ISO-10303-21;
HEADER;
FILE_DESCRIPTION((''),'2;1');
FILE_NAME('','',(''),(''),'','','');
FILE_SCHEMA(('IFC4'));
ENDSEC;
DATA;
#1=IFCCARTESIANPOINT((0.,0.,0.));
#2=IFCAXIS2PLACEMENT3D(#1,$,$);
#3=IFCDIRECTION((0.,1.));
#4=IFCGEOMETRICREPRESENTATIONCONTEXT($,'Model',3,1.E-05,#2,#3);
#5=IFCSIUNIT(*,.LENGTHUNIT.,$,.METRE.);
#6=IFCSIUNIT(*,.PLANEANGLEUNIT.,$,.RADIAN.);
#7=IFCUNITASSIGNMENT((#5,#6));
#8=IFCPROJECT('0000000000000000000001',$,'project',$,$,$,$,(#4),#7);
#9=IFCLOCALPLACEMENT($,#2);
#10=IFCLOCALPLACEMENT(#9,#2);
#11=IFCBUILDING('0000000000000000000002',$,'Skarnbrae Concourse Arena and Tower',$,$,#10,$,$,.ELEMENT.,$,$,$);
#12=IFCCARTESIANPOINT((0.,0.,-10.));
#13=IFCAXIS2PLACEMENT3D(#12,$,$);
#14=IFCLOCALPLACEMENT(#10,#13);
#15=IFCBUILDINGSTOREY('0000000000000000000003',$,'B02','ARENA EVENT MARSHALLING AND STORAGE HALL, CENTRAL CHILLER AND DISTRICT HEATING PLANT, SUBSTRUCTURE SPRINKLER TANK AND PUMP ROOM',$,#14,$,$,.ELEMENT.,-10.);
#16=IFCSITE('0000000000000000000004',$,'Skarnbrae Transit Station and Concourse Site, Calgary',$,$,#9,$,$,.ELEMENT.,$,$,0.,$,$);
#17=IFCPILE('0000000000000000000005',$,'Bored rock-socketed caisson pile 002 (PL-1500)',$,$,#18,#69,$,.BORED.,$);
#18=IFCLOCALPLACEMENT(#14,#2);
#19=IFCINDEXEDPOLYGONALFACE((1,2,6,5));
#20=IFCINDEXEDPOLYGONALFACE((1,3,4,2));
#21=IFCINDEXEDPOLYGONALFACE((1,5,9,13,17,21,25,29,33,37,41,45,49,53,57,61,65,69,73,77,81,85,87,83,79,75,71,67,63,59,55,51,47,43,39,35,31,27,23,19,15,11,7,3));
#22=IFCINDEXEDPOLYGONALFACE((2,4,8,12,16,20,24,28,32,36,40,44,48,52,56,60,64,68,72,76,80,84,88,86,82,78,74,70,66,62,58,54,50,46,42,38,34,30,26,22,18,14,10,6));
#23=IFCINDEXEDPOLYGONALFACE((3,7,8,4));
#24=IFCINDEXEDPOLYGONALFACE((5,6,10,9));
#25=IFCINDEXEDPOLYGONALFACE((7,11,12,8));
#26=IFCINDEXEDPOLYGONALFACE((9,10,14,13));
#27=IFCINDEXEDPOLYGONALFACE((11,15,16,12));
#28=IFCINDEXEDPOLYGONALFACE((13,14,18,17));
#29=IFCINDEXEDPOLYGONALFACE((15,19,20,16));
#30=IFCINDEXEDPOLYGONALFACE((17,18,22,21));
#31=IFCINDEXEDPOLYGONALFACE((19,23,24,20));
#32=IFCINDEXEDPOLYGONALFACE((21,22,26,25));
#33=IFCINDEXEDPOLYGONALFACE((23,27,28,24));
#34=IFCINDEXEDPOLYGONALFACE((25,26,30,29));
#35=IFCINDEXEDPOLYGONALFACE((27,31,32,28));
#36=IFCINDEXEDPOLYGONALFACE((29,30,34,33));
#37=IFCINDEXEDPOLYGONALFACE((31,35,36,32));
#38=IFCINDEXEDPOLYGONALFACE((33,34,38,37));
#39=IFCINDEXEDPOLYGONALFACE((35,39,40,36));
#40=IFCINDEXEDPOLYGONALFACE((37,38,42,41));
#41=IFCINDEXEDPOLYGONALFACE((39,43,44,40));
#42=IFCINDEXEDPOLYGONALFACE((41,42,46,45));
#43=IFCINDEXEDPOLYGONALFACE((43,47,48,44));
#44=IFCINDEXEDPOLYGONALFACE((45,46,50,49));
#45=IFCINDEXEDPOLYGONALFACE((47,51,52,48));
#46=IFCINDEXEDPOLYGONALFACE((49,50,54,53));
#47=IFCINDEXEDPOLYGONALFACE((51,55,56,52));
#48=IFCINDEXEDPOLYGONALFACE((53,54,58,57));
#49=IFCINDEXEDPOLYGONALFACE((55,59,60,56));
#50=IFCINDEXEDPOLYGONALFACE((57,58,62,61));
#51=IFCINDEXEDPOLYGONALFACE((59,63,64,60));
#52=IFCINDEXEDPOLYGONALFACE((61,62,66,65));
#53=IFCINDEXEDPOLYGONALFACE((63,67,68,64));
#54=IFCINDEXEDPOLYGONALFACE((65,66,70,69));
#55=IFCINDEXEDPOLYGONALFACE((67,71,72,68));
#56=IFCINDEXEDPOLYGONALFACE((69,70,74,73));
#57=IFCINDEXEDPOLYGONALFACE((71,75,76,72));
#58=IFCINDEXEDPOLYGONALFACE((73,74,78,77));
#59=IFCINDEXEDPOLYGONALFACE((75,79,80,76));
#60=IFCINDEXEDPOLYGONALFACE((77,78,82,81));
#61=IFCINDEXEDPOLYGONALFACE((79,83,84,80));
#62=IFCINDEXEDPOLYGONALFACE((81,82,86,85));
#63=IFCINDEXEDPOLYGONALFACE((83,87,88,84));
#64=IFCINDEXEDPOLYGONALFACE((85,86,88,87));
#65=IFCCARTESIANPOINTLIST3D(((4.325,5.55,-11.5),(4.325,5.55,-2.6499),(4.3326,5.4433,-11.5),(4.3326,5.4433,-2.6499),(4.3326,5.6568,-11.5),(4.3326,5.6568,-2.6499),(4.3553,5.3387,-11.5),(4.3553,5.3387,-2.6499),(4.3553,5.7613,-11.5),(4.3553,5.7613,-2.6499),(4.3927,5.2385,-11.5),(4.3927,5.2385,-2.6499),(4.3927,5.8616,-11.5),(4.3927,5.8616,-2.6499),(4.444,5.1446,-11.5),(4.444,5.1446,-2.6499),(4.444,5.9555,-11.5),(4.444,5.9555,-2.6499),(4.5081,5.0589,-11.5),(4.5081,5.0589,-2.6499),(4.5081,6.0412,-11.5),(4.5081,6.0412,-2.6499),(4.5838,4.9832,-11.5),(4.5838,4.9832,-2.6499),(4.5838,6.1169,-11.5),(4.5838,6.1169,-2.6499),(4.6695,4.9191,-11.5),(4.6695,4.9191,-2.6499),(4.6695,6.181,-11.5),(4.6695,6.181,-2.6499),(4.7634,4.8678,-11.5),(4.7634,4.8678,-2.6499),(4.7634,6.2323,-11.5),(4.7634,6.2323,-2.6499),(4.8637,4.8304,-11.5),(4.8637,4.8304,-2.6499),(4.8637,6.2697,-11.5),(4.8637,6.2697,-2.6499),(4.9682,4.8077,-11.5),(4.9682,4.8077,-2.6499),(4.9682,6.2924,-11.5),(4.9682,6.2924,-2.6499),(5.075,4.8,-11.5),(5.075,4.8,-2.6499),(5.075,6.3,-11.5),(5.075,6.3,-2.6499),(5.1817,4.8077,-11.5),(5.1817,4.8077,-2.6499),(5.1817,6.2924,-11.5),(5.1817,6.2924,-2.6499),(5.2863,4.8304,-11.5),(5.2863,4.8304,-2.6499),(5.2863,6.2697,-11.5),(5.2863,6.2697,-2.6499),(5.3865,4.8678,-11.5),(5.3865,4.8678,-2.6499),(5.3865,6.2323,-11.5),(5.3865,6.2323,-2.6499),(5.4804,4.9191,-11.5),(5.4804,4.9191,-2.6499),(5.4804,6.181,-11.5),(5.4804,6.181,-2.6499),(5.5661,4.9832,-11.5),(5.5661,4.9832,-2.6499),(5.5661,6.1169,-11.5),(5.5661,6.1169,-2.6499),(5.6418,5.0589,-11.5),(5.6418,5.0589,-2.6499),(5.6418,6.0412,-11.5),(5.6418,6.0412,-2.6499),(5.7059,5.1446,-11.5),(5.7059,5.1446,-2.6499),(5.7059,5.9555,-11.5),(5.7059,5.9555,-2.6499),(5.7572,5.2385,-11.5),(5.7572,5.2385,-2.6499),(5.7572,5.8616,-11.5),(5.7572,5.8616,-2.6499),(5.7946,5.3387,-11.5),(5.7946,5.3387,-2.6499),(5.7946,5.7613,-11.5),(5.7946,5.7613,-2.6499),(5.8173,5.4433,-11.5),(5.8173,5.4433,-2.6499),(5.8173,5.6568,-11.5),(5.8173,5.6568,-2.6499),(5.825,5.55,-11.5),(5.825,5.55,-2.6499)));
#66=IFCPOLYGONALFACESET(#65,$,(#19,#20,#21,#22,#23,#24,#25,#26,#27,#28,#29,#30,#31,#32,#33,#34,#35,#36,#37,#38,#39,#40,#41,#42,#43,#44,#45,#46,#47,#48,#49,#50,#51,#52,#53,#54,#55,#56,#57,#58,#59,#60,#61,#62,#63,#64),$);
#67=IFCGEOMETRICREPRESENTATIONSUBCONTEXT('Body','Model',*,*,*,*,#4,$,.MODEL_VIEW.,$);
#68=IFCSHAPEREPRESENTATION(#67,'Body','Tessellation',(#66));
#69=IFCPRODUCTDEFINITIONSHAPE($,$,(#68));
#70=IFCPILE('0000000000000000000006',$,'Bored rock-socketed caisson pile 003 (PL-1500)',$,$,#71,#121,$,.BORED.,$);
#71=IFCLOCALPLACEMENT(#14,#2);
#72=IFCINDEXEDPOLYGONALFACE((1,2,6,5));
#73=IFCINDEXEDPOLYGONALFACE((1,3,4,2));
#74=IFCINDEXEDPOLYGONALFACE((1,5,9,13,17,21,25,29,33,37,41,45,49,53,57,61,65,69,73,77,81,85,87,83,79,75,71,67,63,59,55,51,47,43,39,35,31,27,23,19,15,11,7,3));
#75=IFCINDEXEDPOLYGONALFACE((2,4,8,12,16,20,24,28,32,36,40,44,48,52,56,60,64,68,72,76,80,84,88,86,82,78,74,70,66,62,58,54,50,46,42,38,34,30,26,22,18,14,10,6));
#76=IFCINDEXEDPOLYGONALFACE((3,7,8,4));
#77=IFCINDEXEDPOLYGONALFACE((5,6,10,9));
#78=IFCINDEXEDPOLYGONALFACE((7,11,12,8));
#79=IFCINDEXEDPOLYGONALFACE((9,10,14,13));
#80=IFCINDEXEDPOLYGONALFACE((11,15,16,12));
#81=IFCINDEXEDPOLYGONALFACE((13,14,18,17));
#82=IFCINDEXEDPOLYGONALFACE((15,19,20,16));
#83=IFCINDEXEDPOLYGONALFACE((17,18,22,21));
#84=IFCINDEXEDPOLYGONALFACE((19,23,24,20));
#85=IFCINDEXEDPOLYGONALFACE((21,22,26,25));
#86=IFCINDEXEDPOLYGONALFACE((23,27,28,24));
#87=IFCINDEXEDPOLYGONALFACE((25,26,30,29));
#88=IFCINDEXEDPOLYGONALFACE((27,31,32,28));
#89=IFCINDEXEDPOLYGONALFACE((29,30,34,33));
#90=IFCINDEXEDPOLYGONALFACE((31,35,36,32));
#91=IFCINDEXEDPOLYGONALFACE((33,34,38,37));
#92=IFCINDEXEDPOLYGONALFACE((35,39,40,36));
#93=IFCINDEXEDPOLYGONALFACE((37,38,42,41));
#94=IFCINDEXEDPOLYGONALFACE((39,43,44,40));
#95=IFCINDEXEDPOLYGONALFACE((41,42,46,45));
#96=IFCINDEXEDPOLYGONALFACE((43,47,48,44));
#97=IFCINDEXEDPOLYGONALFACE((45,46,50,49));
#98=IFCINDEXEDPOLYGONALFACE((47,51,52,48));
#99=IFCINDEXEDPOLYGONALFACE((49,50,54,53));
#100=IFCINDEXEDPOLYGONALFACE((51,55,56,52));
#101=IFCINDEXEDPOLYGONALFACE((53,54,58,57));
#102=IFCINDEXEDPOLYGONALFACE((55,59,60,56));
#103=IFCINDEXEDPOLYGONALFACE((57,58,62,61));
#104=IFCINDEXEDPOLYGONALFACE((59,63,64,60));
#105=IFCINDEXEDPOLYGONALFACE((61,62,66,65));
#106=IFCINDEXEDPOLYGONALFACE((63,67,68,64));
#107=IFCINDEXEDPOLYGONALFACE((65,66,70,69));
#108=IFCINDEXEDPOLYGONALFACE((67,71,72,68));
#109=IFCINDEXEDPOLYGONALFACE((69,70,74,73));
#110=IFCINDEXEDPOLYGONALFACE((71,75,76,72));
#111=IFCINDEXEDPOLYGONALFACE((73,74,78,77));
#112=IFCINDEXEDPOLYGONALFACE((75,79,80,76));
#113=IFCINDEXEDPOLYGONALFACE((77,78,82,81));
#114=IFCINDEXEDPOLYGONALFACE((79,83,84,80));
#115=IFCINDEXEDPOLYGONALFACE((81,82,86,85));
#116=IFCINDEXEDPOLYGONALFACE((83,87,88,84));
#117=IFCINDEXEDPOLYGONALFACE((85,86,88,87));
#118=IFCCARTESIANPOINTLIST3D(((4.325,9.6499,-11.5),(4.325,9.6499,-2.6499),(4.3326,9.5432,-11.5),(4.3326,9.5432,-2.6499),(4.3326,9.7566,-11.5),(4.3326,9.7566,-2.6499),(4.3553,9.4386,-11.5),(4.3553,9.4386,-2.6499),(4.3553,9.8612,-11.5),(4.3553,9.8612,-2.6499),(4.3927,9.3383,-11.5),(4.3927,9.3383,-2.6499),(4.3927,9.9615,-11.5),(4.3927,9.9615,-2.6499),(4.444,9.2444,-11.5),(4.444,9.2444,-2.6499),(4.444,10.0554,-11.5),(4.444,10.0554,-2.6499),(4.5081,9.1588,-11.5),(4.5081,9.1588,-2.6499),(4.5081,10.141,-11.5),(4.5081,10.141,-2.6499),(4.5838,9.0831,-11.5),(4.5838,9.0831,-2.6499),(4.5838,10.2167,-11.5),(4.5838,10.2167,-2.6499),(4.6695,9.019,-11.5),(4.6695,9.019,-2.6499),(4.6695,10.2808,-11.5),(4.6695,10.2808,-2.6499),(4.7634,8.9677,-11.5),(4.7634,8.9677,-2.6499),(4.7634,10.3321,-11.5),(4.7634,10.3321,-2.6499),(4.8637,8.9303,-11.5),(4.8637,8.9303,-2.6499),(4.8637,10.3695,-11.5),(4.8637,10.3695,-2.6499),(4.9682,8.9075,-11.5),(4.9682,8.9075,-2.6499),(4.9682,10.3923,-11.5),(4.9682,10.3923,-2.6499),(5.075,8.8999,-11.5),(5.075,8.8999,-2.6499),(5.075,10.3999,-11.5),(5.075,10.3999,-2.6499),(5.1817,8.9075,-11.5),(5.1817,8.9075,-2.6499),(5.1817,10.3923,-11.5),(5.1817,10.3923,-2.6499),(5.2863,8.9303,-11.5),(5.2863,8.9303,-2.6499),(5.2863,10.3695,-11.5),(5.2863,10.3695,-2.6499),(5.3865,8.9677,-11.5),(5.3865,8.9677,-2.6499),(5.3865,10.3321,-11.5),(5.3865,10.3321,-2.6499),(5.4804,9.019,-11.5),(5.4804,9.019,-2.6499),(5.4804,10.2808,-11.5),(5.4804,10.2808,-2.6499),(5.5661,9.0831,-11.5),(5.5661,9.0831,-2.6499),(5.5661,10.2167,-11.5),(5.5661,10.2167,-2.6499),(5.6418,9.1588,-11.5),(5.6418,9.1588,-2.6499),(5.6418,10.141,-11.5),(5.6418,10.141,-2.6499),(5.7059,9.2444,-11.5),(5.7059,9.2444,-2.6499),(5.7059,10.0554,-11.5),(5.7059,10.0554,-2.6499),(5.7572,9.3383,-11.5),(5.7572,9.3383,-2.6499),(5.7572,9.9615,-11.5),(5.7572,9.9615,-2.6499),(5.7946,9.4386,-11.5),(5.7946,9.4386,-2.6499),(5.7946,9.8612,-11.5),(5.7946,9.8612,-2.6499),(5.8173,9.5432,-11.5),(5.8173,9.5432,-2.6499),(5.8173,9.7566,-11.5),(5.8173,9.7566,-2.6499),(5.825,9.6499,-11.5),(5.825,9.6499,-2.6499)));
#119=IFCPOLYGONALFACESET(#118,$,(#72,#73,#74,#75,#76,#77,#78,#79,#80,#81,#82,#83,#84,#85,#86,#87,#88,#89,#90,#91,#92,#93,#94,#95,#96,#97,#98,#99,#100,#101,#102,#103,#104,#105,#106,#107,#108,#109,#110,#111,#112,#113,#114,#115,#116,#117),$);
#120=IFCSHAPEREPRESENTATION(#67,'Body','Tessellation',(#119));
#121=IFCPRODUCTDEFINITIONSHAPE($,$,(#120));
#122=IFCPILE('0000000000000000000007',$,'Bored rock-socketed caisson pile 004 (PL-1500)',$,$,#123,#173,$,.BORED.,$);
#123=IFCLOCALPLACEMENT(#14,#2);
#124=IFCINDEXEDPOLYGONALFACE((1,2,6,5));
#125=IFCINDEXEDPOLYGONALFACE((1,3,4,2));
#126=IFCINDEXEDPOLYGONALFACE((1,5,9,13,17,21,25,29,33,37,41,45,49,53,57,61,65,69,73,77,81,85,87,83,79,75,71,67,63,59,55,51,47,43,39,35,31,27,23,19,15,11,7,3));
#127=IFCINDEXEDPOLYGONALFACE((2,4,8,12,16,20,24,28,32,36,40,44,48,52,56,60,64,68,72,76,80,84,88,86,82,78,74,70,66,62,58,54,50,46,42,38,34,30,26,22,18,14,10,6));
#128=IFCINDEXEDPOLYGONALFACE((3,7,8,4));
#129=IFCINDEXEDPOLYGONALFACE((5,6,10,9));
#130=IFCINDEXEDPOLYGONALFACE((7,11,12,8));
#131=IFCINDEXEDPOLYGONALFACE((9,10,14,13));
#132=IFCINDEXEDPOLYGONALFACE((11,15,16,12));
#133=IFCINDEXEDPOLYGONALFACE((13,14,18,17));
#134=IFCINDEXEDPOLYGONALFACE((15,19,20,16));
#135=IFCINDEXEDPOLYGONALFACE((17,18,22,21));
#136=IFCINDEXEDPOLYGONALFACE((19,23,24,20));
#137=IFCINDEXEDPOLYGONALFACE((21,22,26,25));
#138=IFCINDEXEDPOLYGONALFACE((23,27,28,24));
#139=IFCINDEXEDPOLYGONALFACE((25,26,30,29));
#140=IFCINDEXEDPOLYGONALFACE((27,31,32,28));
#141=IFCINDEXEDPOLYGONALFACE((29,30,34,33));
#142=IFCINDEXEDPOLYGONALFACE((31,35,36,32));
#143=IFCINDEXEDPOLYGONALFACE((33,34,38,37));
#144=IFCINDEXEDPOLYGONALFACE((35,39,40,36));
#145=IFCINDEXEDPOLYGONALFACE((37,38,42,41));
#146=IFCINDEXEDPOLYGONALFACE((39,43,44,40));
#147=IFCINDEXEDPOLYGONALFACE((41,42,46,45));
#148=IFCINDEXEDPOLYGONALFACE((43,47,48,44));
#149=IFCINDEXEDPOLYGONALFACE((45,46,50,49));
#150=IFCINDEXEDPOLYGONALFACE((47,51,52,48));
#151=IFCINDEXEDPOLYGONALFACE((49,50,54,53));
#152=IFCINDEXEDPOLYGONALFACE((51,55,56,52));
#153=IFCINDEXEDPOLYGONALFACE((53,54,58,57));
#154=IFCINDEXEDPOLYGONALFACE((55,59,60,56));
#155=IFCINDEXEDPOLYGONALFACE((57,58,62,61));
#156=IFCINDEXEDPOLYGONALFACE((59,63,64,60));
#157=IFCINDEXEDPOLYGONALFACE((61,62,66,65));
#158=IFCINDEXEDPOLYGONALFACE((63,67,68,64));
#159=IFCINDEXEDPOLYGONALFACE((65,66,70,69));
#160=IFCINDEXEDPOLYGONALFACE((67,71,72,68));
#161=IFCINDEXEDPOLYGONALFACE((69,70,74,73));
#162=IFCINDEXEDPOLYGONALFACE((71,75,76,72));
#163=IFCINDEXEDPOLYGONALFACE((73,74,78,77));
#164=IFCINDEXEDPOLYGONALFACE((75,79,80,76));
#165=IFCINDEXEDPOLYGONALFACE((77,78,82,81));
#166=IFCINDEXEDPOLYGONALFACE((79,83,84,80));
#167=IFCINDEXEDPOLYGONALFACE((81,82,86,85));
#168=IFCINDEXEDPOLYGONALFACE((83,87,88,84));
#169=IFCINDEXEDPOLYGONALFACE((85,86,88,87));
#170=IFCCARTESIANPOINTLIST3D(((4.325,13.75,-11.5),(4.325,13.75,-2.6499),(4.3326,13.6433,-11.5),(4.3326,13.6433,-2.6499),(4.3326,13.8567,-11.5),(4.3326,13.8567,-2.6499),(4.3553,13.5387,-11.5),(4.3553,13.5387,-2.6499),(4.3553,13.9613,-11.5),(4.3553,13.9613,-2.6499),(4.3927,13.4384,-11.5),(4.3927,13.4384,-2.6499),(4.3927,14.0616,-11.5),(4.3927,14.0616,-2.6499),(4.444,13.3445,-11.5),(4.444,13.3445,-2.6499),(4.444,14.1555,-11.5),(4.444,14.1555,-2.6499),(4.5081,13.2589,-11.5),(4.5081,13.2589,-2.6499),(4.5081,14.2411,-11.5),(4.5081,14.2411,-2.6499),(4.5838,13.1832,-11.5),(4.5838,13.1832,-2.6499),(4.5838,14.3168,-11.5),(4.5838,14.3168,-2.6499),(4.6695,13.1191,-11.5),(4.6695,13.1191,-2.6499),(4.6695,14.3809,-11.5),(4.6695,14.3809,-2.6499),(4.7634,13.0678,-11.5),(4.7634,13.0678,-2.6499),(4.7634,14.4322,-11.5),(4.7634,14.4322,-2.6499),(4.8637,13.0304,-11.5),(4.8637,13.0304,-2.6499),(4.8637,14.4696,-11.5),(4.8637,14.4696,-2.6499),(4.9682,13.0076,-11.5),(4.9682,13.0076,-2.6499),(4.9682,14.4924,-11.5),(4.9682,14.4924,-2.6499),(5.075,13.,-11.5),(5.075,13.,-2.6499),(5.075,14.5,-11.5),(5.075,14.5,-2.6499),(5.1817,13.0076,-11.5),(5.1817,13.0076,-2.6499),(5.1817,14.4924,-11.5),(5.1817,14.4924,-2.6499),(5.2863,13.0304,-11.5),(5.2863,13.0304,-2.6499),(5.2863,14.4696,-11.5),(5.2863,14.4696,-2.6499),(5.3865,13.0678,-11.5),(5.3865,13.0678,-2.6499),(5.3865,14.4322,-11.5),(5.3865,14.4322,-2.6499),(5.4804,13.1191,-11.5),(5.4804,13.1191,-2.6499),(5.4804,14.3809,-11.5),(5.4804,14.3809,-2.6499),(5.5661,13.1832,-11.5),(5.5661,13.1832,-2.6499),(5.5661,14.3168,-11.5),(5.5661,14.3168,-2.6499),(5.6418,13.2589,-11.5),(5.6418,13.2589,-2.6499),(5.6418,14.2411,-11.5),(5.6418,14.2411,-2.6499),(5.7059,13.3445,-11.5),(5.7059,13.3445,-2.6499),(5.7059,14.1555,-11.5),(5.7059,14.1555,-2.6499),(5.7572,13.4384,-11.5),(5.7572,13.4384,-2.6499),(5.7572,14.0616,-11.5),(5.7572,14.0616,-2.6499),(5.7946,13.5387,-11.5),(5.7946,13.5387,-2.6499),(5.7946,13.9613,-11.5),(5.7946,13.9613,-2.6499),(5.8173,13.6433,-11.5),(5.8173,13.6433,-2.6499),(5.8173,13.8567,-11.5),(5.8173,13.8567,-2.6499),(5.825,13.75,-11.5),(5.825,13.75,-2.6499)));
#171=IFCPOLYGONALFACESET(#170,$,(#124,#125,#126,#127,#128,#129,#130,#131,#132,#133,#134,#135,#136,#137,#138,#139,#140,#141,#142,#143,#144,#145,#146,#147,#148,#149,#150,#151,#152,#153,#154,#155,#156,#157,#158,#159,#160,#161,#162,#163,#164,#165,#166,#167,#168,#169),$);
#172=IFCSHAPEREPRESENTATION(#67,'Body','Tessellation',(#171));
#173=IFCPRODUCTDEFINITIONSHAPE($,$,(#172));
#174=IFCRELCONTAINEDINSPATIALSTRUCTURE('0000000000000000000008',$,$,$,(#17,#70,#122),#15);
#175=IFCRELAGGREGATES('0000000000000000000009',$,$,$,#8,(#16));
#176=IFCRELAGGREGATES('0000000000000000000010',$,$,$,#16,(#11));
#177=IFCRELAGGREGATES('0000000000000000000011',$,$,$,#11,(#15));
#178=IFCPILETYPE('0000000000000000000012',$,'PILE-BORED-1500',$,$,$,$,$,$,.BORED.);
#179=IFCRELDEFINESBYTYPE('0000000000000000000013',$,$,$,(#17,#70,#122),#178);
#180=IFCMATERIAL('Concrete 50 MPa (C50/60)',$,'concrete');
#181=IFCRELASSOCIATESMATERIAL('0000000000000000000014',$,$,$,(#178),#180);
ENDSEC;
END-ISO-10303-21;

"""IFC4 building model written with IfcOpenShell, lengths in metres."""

from ifc_helpers import new_model, si_unit, direction, frame, origin, origin_2d, place, context, subcontext, project, spatial, circle, extrude, source, transform, mapped, material, material_profile, profile_set, type_object, element, save


model = new_model("IFC4")

# Units and contexts
model_context = context("Model", 3, precision=1e-05, world=origin(), true_north=direction((0.0, 1.0)))
body_context = subcontext(model_context, "Body", "Model", "MODEL_VIEW")
ifc_project = project(units=[si_unit("LENGTHUNIT", "METRE"), si_unit("PLANEANGLEUNIT", "RADIAN")], contexts=[model_context])

# Site, building, storey
site_placement = place(None, origin())
site = spatial("IfcSite", under=ifc_project, at=site_placement, Name="Skarnbrae Transit Station and Concourse Site, Calgary", CompositionType="ELEMENT", RefElevation=0.0)
building_placement = place(site_placement, origin())
building = spatial("IfcBuilding", under=site, at=building_placement, Name="Skarnbrae Concourse Arena and Tower", CompositionType="ELEMENT")
storey_placement = place(building_placement, frame((0.0, 0.0, -10.0)))
storey = spatial("IfcBuildingStorey", under=building, at=storey_placement, Name="B02", Description="ARENA EVENT MARSHALLING AND STORAGE HALL, CENTRAL CHILLER AND DISTRICT HEATING PLANT, SUBSTRUCTURE SPRINKLER TANK AND PUMP ROOM", CompositionType="ELEMENT", Elevation=-10.0)

# Piles
ifc_material_1 = material(Name="Concrete 50 MPa (C50/60)", Category="concrete")
ifc_material_profile_1 = material_profile(ifc_material_1, circle(Radius=0.75, at=origin_2d()), Name="CAISSON-1500")
ifc_profile_set_1 = profile_set([ifc_material_profile_1], Name="Concrete 50 MPa (C50/60)")
pile_type = type_object("IfcPileType", Name="PILE-BORED-1500", PredefinedType="BORED", material=ifc_profile_set_1)
shared_shape_1 = source(origin(), body_context, "Body", "SweptSolid", [
    extrude(circle(Radius=0.75, at=origin_2d()), origin(), (0.0, 0.0, 1.0), 8.8501),
])
for number, where, z_axis, x_axis, name in (
    (1, (5.075, 5.55, -2.6499), (0.0, 0.0, -1.0), (1.0, 0.0, 0.0), "Bored rock-socketed caisson pile 002 (PL-1500)"),
    (2, (5.075, 9.6499, -2.6499), (0.0, 0.0, -1.0), (1.0, 0.0, 0.0), "Bored rock-socketed caisson pile 003 (PL-1500)"),
    (3, (5.075, 13.75, -2.6499), (0.0, 0.0, -1.0), (1.0, 0.0, 0.0), "Bored rock-socketed caisson pile 004 (PL-1500)"),
):
    element("IfcPile", number, at=place(storey_placement, frame(where, z_axis=z_axis, x_axis=x_axis)), inside=storey, type_object=pile_type, Name=name, PredefinedType="BORED", context=body_context, shape_type="MappedRepresentation", body=[
        mapped(shared_shape_1, transform((0.0, 0.0, 0.0))),
    ])

save(model, "model.ifc")
